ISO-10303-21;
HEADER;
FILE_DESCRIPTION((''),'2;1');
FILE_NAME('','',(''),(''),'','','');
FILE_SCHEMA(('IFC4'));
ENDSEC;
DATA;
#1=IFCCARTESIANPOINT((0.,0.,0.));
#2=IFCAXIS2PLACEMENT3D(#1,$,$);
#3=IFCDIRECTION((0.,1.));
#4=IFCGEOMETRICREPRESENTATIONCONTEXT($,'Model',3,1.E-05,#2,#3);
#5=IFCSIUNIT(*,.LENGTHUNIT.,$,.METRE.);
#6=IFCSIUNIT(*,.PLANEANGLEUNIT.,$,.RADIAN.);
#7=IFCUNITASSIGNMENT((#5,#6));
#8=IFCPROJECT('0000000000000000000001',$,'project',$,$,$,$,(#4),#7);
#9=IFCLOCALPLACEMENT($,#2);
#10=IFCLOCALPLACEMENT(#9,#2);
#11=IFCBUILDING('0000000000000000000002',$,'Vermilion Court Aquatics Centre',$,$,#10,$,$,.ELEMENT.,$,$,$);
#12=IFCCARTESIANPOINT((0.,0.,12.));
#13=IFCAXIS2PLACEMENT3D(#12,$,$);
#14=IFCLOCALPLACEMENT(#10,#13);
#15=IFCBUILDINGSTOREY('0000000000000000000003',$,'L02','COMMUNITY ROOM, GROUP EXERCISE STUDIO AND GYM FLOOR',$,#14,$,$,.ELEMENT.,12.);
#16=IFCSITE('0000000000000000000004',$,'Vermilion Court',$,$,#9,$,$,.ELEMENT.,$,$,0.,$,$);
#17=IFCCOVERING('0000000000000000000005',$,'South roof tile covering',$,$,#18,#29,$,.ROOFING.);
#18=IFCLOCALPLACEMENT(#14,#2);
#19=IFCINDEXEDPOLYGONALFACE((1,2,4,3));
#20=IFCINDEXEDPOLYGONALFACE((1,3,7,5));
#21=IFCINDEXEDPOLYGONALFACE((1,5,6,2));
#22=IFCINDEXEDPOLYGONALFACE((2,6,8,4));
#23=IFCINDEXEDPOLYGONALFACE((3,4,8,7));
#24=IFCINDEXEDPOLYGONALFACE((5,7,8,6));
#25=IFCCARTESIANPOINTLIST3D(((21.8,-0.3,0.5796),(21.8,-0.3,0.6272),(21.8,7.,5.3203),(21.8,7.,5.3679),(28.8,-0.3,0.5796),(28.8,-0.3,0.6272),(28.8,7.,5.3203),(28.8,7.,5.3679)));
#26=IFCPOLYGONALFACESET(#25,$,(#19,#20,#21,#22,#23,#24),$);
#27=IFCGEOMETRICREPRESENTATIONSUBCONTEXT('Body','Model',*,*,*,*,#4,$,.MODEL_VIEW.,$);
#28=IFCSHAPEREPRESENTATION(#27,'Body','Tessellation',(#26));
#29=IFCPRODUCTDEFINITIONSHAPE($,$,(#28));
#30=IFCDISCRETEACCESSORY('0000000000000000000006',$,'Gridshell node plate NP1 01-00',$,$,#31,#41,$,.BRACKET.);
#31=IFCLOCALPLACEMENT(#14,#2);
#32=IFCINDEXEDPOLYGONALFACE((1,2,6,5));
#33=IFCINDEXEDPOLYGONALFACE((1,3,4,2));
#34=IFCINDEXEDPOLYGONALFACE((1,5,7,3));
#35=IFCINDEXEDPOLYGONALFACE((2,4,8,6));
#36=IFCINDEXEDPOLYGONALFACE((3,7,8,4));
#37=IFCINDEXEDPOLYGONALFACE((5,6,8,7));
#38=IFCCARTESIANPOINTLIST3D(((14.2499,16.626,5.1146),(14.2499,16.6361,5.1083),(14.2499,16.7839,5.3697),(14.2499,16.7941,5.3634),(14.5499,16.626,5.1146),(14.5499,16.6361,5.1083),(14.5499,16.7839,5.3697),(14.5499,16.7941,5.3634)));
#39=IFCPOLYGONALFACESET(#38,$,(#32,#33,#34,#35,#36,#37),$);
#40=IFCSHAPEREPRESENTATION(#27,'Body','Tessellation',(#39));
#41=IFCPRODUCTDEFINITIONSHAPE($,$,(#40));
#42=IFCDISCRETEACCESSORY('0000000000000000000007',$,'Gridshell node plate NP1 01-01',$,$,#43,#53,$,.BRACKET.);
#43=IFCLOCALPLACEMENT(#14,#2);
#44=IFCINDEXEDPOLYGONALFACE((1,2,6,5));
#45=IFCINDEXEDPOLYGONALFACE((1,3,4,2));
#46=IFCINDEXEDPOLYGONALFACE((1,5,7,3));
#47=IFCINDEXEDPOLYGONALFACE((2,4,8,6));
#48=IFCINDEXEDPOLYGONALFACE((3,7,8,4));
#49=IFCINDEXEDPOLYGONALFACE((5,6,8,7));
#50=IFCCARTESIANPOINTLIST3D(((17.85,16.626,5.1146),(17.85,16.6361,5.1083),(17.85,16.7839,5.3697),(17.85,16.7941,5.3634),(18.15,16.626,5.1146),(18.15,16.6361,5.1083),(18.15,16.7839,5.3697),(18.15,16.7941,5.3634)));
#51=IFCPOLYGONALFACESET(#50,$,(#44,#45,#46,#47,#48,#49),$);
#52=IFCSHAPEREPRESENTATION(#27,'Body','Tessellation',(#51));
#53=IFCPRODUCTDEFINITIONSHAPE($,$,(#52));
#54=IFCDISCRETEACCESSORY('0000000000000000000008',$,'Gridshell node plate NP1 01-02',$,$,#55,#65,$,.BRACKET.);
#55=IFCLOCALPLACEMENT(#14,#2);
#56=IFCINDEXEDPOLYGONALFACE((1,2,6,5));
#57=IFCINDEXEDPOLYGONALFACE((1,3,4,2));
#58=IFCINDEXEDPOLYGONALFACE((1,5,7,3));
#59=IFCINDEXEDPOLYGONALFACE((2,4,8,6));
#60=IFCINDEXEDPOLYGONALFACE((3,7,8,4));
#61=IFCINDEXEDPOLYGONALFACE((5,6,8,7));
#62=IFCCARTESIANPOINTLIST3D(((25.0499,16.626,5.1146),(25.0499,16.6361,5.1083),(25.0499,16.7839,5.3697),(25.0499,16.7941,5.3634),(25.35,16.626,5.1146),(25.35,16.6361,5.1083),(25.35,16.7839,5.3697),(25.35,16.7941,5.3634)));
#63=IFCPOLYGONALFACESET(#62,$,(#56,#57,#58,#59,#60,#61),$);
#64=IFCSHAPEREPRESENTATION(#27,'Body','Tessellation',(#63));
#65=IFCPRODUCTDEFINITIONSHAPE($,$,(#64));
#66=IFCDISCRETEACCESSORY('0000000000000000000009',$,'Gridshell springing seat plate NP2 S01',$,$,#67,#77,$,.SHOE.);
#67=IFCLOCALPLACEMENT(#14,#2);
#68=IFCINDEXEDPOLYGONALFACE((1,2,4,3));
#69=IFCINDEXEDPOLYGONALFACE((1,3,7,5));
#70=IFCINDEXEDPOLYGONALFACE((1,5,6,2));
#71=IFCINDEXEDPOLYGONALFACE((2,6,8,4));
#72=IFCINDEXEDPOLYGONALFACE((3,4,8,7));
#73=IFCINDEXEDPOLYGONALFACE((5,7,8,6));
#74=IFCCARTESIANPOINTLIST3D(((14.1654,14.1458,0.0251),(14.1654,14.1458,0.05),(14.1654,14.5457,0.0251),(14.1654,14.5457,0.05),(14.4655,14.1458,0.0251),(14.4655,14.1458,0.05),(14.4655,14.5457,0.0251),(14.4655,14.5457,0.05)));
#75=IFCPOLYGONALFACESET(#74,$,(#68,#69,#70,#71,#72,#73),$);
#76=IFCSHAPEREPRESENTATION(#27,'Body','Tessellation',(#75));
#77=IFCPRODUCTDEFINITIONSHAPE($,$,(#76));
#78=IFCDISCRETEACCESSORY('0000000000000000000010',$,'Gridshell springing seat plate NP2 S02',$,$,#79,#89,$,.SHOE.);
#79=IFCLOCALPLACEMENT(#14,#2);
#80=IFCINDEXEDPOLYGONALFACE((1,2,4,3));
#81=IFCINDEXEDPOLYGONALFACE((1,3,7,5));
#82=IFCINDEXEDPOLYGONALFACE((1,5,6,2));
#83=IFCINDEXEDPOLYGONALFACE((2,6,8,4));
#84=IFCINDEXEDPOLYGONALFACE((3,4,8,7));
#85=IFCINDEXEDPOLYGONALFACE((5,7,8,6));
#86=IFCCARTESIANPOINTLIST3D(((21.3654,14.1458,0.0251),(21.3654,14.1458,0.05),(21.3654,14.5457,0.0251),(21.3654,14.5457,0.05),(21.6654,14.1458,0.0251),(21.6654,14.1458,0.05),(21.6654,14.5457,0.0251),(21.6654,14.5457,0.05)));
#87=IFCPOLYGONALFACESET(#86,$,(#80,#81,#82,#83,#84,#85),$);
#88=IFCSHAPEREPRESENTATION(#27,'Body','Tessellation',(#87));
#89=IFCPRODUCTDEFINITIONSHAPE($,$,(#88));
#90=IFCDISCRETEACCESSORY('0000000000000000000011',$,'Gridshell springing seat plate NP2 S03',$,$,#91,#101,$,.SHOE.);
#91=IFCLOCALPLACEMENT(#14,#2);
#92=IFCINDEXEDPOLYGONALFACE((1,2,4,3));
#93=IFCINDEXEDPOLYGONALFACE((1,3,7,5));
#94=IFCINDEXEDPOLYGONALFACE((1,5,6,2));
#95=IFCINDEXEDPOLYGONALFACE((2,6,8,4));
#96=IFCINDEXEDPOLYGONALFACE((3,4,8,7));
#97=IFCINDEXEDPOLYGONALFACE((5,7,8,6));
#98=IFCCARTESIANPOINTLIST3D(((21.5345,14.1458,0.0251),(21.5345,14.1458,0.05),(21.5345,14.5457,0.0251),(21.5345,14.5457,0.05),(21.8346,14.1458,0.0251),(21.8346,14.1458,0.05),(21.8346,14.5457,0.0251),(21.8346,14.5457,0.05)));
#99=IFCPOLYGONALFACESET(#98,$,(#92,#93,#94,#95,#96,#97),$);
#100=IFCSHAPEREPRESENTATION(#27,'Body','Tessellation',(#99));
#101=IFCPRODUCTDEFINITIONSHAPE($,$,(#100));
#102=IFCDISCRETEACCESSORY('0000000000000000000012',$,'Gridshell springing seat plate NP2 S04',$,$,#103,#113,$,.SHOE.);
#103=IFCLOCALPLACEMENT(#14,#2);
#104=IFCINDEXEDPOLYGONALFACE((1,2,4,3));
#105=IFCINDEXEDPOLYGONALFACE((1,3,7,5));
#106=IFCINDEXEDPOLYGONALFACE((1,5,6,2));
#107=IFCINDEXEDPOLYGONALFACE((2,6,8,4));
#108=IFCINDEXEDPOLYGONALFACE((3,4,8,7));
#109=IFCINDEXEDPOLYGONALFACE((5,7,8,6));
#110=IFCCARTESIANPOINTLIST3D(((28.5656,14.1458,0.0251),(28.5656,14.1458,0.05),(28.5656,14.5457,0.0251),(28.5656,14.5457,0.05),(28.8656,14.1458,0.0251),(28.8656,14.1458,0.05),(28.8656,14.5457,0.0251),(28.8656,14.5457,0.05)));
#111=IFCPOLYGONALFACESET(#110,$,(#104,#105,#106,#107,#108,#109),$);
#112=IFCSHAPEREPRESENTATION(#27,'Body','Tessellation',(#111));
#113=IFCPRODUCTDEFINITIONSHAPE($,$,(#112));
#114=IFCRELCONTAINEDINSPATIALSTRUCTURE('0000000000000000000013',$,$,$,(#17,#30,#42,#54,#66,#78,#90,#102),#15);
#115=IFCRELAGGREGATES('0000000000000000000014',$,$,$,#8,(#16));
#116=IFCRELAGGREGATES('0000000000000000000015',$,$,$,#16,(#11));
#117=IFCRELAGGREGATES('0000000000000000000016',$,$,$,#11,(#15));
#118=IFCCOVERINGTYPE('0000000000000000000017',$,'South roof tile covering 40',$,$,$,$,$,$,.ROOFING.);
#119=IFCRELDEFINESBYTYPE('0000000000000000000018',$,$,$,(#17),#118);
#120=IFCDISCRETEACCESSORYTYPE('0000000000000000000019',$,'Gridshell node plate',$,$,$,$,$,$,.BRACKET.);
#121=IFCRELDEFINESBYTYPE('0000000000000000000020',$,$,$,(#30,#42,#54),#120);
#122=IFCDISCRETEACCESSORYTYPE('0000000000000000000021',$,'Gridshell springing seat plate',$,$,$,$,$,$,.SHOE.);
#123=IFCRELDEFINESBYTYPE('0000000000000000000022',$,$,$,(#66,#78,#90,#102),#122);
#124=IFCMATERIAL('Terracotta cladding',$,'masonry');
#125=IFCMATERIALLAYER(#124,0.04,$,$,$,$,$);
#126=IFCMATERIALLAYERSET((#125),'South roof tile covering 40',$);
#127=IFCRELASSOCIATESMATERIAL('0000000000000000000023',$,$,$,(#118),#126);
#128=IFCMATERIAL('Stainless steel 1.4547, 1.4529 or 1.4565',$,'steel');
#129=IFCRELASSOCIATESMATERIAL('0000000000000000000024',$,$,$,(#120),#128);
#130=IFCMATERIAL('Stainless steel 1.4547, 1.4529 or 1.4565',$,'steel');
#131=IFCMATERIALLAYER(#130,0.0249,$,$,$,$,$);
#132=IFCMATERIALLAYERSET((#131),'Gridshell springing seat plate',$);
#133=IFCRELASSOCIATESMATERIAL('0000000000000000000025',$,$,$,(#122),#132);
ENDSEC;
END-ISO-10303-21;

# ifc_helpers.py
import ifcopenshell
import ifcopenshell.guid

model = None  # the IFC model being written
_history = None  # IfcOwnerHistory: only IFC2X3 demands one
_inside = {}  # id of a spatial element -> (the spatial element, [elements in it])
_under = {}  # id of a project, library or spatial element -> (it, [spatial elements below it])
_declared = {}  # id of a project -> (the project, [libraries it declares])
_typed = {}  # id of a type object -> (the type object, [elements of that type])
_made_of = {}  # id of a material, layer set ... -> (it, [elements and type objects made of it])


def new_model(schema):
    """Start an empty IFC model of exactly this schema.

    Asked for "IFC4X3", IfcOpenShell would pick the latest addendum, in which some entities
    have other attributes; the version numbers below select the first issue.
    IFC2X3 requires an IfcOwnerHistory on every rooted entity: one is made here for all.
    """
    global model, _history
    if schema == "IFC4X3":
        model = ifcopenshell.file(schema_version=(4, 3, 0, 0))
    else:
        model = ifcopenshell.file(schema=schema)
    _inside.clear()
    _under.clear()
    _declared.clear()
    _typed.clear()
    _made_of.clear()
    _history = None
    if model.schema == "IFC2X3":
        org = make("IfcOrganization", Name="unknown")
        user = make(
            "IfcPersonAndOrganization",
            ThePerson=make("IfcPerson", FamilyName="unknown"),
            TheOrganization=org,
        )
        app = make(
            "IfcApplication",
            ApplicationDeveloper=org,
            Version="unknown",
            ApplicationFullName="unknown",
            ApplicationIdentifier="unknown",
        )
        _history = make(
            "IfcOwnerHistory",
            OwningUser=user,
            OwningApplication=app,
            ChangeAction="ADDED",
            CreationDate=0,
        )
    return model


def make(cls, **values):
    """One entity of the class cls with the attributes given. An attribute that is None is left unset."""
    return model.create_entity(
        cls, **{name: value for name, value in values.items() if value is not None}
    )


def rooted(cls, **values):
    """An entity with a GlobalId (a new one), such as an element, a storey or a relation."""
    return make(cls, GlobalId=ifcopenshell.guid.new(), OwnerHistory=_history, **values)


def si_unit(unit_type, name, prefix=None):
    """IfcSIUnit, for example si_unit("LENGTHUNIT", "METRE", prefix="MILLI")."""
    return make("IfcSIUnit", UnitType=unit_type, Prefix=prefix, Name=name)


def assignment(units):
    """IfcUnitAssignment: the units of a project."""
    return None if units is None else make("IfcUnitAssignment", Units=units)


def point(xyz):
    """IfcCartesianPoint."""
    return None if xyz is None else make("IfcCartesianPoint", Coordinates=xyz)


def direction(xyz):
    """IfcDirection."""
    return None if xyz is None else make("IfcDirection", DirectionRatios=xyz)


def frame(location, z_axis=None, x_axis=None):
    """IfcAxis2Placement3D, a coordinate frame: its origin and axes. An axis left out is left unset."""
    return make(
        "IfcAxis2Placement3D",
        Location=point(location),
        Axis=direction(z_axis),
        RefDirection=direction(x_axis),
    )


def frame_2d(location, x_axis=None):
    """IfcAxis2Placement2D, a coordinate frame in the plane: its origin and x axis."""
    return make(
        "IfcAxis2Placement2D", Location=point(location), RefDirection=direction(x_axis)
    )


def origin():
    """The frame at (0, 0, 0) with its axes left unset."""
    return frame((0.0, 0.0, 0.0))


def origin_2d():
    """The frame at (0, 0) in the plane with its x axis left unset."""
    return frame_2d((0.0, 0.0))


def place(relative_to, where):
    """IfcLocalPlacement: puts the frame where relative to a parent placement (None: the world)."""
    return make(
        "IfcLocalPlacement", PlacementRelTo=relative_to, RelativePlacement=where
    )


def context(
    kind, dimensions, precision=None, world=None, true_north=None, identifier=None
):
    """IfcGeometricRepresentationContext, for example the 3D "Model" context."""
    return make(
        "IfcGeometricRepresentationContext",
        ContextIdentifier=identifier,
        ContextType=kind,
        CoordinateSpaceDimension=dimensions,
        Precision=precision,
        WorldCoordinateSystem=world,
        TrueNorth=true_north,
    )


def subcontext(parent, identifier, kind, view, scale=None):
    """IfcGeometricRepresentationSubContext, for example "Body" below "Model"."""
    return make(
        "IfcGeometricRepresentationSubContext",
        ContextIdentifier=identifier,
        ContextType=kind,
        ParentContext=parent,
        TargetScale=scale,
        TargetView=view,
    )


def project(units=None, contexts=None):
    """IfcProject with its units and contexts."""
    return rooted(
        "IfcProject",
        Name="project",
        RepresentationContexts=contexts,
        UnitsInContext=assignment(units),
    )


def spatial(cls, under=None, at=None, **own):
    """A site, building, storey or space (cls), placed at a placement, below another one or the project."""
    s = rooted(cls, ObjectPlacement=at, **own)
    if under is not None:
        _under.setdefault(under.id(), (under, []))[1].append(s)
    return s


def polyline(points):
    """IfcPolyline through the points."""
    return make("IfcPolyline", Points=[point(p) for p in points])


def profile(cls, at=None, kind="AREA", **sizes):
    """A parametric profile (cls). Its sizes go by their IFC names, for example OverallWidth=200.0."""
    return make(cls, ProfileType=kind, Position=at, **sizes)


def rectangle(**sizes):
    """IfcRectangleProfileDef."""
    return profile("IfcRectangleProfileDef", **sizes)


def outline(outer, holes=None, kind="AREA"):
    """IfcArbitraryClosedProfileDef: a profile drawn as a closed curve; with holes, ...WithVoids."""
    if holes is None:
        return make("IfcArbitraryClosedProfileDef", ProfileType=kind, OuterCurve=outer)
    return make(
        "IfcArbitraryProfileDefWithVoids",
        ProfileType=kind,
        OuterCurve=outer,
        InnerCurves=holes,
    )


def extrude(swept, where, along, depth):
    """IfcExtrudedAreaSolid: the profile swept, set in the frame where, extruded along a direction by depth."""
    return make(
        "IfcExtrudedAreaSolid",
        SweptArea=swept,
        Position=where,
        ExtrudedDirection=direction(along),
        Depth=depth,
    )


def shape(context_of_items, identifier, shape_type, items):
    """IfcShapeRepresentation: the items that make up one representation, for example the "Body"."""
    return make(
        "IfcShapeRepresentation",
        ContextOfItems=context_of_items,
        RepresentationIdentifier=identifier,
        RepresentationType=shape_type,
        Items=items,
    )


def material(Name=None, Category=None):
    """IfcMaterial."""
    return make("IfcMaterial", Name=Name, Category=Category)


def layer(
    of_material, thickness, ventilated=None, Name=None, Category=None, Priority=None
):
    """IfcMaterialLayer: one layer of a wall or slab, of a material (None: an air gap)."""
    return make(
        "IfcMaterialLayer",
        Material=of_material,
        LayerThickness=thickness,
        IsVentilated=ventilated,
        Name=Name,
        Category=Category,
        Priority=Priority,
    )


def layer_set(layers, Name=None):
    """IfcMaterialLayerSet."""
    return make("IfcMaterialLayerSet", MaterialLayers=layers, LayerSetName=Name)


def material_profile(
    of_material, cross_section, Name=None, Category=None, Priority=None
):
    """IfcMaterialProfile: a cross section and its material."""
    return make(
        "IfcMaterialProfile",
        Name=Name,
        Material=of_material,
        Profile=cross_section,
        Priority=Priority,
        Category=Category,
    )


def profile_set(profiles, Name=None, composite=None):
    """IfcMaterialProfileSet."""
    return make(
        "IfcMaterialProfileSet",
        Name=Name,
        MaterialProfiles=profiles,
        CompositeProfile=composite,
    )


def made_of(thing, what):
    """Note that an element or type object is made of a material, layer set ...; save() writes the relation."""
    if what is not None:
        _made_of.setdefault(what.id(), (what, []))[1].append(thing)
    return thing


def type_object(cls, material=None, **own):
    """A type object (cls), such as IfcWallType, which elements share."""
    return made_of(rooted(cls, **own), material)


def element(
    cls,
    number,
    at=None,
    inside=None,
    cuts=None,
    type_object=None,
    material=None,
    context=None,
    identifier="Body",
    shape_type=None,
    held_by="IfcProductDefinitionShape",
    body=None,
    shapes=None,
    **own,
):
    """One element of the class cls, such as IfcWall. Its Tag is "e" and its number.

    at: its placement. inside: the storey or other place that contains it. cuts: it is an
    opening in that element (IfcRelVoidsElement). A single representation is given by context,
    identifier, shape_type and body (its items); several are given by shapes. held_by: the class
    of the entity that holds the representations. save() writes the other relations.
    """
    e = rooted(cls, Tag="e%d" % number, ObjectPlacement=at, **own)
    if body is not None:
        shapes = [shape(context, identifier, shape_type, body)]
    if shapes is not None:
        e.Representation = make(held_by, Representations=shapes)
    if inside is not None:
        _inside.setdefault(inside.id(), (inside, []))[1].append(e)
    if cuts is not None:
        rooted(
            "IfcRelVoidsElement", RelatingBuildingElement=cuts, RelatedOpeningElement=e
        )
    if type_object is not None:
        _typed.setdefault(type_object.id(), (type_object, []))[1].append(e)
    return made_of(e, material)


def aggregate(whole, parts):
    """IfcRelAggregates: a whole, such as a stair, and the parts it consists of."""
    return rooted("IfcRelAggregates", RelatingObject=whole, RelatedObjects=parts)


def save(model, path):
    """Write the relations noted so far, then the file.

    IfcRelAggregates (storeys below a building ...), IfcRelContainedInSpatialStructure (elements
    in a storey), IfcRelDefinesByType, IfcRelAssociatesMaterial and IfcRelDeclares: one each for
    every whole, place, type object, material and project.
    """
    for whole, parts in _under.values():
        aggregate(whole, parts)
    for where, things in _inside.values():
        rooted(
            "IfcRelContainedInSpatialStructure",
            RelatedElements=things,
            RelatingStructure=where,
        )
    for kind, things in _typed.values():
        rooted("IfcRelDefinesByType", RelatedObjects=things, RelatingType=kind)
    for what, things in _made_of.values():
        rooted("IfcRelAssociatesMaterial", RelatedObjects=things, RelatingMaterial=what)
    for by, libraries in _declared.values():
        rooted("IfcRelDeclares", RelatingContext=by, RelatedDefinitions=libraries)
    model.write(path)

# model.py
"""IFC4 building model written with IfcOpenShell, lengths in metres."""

from ifc_helpers import new_model, si_unit, direction, frame, origin, origin_2d, place, context, subcontext, project, spatial, polyline, rectangle, outline, extrude, material, layer, layer_set, material_profile, profile_set, type_object, element, save


model = new_model("IFC4")

# Units and contexts
model_context = context("Model", 3, precision=1e-05, world=origin(), true_north=direction((0.0, 1.0)))
body_context = subcontext(model_context, "Body", "Model", "MODEL_VIEW")
ifc_project = project(units=[si_unit("LENGTHUNIT", "METRE"), si_unit("PLANEANGLEUNIT", "RADIAN")], contexts=[model_context])

# Site, building, storey
site_placement = place(None, origin())
site = spatial("IfcSite", under=ifc_project, at=site_placement, Name="Vermilion Court", CompositionType="ELEMENT", RefElevation=0.0)
building_placement = place(site_placement, origin())
building = spatial("IfcBuilding", under=site, at=building_placement, Name="Vermilion Court Aquatics Centre", CompositionType="ELEMENT")
storey_placement = place(building_placement, frame((0.0, 0.0, 12.0)))
storey = spatial("IfcBuildingStorey", under=building, at=storey_placement, Name="L02", Description="COMMUNITY ROOM, GROUP EXERCISE STUDIO AND GYM FLOOR", CompositionType="ELEMENT", Elevation=12.0)

# Covering
ifc_material_1 = material(Name="Terracotta cladding", Category="masonry")
ifc_layer_1 = layer(ifc_material_1, 0.04)
ifc_layer_set_1 = layer_set([ifc_layer_1], Name="South roof tile covering 40")
covering_type = type_object("IfcCoveringType", Name="South roof tile covering 40", PredefinedType="ROOFING", material=ifc_layer_set_1)
covering_placement = place(storey_placement, frame((21.8, -0.3, 0.6272), z_axis=(0.0, -0.54464, 0.83867), x_axis=(0.0, 0.83867, 0.54464)))
element("IfcCovering", 1, at=covering_placement, inside=storey, type_object=covering_type, Name="South roof tile covering", PredefinedType="ROOFING", context=body_context, shape_type="SweptSolid", body=[
    extrude(outline(polyline([(0.0, 0.0), (8.7043, 0.0), (8.7043, -7.0), (0.0, -7.0), (0.0, 0.0)])), origin(), (-0.54464, 0.0, -0.83867), 0.0476),
])

# Discrete accessories
ifc_material_2 = material(Name="Stainless steel 1.4547, 1.4529 or 1.4565", Category="steel")
ifc_material_profile_1 = material_profile(ifc_material_2, rectangle(XDim=0.3, YDim=0.3, at=origin_2d()), Name="PL 12 x 300 x 300")
ifc_profile_set_1 = profile_set([ifc_material_profile_1], Name="Stainless steel 1.4547, 1.4529 or 1.4565")
discrete_accessory_type_1 = type_object("IfcDiscreteAccessoryType", Name="Gridshell node plate", PredefinedType="BRACKET", material=ifc_profile_set_1)
for number, where, z_axis, x_axis, name in (
    (2, (14.3999, 16.7151, 5.2358), (0.0, -0.850265, 0.526355), (1.0, 0.0, 0.0), "Gridshell node plate NP1 01-00"),
    (3, (18.0, 16.7151, 5.2358), (0.0, -0.850265, 0.526355), (1.0, 0.0, 0.0), "Gridshell node plate NP1 01-01"),
    (4, (25.2, 16.7151, 5.2358), (0.0, -0.850265, 0.526355), (1.0, 0.0, 0.0), "Gridshell node plate NP1 01-02"),
):
    element("IfcDiscreteAccessory", number, at=place(storey_placement, frame(where, z_axis=z_axis, x_axis=x_axis)), inside=storey, type_object=discrete_accessory_type_1, Name=name, PredefinedType="BRACKET", context=body_context, shape_type="SweptSolid", body=[
        extrude(rectangle(XDim=0.3, YDim=0.3, at=origin_2d()), origin(), (0.0, 0.0, 1.0), 0.012),
    ])
ifc_material_3 = material(Name="Stainless steel 1.4547, 1.4529 or 1.4565", Category="steel")
ifc_layer_2 = layer(ifc_material_3, 0.0249)
ifc_layer_set_2 = layer_set([ifc_layer_2], Name="Gridshell springing seat plate")
discrete_accessory_type_2 = type_object("IfcDiscreteAccessoryType", Name="Gridshell springing seat plate", PredefinedType="SHOE", material=ifc_layer_set_2)
for number, where, z_axis, x_axis, name in (
    (5, (14.3154, 14.3457, 0.0251), (0.0, 0.0, 1.0), (1.0, 0.0, 0.0), "Gridshell springing seat plate NP2 S01"),
    (6, (21.5154, 14.3457, 0.0251), (0.0, 0.0, 1.0), (1.0, 0.0, 0.0), "Gridshell springing seat plate NP2 S02"),
    (7, (21.6846, 14.3457, 0.0251), (0.0, 0.0, 1.0), (1.0, 0.0, 0.0), "Gridshell springing seat plate NP2 S03"),
    (8, (28.7156, 14.3457, 0.0251), (0.0, 0.0, 1.0), (1.0, 0.0, 0.0), "Gridshell springing seat plate NP2 S04"),
):
    element("IfcDiscreteAccessory", number, at=place(storey_placement, frame(where, z_axis=z_axis, x_axis=x_axis)), inside=storey, type_object=discrete_accessory_type_2, Name=name, PredefinedType="SHOE", context=body_context, shape_type="SweptSolid", body=[
        extrude(rectangle(XDim=0.3, YDim=0.3999, at=origin_2d()), origin(), (0.0, 0.0, 1.0), 0.0249),
    ])

save(model, "model.ifc")
